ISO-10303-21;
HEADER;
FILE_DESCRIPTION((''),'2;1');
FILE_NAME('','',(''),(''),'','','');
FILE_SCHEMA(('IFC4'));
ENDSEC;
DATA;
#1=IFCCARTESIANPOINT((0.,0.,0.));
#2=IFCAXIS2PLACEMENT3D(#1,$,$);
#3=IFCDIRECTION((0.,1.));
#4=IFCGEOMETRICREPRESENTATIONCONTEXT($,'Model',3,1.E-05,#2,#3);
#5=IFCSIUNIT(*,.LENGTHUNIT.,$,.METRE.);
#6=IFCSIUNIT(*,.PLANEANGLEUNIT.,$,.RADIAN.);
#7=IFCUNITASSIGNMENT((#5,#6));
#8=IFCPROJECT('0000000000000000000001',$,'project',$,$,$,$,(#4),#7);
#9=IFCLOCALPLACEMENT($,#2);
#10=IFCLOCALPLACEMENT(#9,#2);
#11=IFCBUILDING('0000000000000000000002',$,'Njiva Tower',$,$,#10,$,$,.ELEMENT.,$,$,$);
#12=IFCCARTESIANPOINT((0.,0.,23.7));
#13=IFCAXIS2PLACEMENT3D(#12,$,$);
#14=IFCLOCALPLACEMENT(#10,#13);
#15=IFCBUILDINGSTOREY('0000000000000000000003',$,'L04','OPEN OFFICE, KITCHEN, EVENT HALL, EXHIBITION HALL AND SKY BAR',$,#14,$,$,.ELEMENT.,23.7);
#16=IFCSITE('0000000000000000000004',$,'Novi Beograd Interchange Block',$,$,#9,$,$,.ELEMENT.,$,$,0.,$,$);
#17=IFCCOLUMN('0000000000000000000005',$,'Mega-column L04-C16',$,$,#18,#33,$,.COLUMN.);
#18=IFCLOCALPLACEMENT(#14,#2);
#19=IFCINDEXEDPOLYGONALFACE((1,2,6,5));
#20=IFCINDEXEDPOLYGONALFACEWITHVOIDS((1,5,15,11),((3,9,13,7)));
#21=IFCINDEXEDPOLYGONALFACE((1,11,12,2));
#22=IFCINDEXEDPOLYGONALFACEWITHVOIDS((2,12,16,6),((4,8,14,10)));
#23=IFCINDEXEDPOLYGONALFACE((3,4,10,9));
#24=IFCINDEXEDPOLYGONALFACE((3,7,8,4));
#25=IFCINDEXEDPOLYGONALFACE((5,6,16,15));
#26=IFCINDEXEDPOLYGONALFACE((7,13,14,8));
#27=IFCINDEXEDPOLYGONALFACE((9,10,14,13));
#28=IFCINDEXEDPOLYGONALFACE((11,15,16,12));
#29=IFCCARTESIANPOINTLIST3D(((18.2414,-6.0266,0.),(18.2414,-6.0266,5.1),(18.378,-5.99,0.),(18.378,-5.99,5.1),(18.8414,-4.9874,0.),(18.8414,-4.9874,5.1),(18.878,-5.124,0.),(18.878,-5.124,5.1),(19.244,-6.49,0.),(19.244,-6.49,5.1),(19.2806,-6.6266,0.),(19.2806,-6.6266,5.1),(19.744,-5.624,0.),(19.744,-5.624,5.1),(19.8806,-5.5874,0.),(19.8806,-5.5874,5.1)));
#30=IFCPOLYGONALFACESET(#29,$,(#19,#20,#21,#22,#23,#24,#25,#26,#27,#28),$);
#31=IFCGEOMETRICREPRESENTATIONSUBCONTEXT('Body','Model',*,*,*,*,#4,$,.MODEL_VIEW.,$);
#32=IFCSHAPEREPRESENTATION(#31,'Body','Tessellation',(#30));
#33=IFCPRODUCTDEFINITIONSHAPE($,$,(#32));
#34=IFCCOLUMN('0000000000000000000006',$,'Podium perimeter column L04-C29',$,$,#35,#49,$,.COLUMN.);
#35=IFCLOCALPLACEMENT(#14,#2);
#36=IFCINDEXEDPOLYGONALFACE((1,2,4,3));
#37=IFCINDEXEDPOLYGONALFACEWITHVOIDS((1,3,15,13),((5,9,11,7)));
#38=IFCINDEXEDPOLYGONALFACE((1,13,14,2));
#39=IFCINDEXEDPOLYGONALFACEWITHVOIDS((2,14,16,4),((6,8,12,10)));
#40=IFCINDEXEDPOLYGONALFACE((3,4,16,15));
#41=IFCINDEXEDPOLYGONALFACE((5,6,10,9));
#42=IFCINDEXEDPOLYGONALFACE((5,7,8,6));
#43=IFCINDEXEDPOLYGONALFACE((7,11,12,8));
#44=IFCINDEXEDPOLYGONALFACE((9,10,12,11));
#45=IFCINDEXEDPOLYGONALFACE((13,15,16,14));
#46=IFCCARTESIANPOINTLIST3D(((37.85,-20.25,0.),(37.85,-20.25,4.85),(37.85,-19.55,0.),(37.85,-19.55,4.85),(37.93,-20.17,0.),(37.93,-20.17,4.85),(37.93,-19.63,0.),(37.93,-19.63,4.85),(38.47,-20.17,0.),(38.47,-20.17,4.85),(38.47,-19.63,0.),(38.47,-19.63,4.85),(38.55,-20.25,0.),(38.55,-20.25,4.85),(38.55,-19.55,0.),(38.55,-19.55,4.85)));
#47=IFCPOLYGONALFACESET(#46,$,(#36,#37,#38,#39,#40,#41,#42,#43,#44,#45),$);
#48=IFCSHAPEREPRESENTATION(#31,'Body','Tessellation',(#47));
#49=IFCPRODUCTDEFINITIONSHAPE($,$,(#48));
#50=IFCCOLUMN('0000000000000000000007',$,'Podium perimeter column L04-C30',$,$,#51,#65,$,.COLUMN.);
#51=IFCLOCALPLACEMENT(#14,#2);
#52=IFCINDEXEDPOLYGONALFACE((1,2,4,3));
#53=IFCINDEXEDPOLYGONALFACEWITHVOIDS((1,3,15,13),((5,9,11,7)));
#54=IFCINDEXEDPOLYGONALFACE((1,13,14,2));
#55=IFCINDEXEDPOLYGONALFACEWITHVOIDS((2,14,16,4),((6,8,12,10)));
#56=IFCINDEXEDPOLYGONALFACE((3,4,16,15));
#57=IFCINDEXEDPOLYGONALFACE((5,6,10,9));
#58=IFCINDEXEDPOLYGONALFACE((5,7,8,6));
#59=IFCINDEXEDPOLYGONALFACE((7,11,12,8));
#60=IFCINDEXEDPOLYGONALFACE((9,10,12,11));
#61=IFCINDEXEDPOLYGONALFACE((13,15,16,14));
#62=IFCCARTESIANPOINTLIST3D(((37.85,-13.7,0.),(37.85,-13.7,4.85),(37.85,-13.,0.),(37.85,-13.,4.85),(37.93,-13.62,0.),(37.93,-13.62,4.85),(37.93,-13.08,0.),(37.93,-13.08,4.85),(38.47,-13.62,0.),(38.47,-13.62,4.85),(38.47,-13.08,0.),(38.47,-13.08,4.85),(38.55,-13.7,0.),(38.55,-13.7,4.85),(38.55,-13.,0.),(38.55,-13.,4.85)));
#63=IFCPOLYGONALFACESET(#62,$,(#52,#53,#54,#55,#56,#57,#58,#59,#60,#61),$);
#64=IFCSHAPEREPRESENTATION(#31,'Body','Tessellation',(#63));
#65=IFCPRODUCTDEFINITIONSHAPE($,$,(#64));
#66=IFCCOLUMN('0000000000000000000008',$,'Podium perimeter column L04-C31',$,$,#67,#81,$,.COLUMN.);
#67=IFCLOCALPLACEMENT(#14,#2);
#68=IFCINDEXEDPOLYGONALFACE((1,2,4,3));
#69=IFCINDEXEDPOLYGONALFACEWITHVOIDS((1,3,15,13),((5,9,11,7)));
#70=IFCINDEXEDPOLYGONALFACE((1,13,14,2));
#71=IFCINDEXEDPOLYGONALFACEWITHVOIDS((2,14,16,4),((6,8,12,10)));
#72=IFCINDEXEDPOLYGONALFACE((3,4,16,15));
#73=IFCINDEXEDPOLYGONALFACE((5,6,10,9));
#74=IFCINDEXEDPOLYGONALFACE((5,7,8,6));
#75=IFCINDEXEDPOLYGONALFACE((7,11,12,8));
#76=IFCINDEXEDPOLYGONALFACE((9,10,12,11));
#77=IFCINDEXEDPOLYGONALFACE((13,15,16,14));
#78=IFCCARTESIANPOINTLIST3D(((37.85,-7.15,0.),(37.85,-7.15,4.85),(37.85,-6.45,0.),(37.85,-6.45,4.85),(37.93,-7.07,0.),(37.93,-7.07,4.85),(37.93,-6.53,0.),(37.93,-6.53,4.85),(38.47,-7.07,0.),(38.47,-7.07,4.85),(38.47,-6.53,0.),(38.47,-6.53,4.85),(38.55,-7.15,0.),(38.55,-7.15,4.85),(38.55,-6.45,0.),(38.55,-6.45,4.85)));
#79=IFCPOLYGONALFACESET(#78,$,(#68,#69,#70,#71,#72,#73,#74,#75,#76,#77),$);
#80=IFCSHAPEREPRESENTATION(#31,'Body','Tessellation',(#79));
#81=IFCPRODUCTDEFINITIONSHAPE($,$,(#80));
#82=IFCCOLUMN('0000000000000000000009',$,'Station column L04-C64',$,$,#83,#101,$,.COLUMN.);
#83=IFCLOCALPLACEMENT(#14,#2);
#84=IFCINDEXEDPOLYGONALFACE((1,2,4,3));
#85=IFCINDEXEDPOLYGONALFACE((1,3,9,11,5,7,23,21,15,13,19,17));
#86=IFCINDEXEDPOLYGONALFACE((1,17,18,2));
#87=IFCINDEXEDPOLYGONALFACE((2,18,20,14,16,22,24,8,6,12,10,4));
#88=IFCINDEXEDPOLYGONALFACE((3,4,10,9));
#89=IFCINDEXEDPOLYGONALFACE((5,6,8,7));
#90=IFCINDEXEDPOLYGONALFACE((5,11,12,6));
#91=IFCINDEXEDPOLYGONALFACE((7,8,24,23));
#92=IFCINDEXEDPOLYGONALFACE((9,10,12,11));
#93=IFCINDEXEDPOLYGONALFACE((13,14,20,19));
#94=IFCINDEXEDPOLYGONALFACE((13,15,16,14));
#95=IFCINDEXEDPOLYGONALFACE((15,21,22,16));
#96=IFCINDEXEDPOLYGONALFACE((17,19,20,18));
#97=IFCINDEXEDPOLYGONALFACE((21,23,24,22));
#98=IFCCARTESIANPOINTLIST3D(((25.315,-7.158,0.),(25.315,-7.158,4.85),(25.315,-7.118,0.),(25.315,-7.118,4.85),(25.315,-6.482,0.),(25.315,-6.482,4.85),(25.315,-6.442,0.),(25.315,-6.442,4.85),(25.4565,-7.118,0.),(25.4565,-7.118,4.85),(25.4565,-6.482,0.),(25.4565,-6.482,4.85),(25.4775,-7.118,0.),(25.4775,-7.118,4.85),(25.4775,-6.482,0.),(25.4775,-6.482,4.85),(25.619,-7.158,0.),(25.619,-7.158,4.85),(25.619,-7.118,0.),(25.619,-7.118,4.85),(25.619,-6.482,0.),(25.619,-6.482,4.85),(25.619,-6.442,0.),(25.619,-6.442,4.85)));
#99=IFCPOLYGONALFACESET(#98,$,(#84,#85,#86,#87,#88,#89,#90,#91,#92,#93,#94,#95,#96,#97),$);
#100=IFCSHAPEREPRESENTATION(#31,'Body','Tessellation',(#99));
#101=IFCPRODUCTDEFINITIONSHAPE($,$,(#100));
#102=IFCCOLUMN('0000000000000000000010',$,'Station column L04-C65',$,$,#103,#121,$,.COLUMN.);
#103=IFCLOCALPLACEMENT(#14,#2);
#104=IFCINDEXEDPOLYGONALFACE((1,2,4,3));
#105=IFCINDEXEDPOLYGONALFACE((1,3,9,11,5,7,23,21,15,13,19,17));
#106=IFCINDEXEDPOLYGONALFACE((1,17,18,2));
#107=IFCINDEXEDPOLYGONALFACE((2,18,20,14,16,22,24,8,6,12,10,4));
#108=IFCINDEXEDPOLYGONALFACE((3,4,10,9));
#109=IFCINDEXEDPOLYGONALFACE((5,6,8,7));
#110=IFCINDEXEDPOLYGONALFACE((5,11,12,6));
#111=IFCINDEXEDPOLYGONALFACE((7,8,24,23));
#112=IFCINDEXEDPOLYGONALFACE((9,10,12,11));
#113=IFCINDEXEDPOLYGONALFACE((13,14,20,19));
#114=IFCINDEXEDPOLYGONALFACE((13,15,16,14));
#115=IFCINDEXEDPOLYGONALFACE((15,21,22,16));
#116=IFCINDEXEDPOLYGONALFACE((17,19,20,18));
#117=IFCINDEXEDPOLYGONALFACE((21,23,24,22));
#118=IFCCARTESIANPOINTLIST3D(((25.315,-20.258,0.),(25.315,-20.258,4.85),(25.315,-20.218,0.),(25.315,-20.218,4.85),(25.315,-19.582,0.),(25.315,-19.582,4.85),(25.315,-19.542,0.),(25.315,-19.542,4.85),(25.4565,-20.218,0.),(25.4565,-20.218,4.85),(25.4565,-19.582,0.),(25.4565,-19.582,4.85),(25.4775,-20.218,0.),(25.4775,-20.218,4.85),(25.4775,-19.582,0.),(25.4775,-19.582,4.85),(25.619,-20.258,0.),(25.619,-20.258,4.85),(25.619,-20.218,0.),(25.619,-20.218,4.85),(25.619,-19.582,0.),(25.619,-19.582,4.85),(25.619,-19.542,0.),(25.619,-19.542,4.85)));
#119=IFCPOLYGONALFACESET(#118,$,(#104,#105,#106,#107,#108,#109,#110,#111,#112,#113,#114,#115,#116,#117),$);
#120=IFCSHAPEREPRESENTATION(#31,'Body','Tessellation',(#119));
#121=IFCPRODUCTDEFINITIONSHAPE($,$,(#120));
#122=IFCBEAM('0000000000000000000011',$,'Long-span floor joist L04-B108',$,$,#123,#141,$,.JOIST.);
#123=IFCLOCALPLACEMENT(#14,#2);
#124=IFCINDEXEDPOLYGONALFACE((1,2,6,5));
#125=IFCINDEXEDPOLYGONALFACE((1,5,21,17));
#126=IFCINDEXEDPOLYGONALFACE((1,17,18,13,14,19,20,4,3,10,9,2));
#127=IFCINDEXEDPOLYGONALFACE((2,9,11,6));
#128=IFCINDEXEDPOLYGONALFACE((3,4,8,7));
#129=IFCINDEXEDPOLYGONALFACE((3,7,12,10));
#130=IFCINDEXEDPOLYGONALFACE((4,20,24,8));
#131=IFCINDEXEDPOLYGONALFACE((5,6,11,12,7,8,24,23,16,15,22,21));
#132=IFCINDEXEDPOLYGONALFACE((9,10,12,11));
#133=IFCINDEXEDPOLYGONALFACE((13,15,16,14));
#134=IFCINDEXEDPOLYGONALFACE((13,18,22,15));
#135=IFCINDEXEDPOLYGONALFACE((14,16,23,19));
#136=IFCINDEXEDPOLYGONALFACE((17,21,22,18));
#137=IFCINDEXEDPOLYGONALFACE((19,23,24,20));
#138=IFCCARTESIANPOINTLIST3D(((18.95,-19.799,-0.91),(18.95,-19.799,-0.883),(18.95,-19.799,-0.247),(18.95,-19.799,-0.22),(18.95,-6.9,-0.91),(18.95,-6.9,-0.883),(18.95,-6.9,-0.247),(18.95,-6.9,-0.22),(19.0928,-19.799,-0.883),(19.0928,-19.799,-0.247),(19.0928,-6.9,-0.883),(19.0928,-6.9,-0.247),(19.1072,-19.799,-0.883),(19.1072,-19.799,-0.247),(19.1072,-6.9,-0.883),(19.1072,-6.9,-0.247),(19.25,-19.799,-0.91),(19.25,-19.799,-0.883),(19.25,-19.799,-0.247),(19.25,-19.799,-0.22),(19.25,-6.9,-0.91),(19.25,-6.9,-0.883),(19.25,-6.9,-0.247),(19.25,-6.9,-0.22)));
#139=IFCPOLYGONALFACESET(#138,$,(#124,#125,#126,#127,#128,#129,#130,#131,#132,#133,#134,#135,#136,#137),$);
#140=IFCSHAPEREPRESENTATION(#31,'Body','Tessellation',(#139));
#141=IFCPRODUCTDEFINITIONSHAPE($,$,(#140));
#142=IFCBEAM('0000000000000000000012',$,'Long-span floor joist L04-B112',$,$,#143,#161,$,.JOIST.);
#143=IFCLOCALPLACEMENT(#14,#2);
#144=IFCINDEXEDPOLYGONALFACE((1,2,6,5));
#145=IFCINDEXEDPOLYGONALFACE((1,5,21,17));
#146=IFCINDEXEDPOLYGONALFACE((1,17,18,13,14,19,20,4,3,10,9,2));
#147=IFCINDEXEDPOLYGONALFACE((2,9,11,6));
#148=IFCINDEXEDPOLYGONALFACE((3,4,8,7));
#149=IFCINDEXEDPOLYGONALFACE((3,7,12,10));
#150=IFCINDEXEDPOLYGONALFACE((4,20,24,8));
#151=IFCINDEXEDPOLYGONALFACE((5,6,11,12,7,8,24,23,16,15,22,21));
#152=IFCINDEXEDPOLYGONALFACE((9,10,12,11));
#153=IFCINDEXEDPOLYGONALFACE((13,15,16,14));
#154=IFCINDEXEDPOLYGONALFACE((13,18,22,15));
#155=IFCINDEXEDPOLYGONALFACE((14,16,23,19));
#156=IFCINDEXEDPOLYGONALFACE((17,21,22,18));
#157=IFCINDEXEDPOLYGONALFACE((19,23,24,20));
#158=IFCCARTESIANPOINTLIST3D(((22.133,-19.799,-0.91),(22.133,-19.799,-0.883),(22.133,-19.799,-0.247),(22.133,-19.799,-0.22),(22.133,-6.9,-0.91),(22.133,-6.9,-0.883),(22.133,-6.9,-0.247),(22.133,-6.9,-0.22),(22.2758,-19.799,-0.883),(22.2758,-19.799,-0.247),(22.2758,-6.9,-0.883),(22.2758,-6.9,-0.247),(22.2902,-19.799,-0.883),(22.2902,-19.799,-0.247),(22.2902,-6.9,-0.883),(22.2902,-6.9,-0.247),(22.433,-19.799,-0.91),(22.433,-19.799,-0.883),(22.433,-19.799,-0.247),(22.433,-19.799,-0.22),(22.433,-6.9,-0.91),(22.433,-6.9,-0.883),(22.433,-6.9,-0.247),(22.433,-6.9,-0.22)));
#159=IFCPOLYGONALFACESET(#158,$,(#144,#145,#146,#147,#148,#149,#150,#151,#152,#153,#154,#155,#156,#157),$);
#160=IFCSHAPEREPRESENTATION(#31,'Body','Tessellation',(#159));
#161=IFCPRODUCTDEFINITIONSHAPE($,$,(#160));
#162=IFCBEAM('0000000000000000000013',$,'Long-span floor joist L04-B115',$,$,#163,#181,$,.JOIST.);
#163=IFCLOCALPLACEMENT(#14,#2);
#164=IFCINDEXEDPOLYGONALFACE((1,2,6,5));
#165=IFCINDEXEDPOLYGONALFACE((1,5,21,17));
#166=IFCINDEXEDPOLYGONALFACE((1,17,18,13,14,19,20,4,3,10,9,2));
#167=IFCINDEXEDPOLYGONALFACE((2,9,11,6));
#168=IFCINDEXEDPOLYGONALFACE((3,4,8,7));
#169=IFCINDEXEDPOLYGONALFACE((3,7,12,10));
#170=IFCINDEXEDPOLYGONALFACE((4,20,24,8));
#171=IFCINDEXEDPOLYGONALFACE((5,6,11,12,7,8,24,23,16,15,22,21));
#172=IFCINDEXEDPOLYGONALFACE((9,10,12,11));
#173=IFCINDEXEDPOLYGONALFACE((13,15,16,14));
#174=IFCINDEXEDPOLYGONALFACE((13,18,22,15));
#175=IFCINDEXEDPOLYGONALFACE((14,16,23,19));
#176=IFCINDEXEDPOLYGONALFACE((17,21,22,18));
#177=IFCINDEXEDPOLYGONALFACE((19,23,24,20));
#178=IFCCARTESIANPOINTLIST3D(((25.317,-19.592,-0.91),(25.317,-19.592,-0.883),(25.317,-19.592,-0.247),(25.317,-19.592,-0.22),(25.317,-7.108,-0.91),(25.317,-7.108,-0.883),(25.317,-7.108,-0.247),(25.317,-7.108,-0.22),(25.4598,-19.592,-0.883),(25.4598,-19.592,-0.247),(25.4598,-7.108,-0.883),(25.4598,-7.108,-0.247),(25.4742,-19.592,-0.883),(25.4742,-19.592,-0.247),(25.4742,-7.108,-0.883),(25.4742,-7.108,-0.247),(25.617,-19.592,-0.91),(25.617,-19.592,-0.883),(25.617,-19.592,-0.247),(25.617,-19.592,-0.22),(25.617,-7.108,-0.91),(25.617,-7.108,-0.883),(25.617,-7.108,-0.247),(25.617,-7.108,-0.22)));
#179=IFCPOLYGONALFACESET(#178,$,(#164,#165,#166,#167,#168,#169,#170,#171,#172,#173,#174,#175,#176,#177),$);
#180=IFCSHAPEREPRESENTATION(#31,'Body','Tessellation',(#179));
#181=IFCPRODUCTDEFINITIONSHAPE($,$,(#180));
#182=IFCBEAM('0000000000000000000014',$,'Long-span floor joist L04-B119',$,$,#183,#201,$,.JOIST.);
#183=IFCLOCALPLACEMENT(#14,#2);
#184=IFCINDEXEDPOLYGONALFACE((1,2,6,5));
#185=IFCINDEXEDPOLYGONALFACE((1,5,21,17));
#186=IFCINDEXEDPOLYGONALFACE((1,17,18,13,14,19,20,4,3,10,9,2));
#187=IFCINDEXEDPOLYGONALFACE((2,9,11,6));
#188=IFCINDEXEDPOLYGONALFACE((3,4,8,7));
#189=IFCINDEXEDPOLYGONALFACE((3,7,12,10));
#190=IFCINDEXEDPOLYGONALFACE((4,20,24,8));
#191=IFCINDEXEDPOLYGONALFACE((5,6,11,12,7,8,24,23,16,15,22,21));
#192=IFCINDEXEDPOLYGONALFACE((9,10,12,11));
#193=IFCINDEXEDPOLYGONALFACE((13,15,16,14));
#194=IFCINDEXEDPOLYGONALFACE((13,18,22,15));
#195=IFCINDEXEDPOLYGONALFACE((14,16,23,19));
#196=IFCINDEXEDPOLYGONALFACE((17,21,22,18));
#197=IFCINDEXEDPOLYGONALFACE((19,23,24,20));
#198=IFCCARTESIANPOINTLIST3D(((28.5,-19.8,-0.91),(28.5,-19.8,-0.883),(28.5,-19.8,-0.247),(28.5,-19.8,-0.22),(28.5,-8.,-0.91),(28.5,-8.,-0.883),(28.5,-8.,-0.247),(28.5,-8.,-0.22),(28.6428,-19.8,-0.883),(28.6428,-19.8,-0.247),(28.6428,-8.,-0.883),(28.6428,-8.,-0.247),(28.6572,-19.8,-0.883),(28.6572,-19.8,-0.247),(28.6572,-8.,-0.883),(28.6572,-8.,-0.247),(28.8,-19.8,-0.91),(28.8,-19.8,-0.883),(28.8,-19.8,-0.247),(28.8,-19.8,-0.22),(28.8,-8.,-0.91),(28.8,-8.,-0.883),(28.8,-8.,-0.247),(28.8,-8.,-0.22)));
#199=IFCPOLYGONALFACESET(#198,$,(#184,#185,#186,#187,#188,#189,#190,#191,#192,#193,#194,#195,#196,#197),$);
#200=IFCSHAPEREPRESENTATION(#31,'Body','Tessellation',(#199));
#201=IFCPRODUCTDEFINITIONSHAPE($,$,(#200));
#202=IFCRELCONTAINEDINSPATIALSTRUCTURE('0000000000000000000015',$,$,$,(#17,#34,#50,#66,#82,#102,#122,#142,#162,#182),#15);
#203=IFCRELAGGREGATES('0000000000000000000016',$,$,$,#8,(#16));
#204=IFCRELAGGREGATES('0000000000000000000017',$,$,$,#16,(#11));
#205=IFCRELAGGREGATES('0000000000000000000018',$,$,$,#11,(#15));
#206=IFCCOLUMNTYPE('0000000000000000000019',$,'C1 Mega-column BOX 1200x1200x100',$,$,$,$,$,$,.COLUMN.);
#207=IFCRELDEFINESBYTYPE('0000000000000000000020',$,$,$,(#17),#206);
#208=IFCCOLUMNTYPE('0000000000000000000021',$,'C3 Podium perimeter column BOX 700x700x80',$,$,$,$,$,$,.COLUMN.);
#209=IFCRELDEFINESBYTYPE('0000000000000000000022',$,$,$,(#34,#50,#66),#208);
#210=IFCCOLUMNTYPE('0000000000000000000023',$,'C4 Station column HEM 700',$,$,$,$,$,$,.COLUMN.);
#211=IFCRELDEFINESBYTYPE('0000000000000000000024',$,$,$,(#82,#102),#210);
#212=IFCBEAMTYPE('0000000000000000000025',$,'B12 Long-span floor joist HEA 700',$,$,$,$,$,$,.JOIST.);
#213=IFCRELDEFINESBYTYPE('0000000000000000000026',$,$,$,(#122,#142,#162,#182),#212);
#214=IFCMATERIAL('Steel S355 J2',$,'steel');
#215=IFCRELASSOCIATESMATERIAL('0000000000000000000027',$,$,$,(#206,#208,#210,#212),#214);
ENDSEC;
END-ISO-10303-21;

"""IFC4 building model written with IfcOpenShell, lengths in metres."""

from ifc_helpers import new_model, si_unit, direction, frame, origin, origin_2d, place, context, subcontext, project, spatial, hollow_rectangle, i_section, extrude, material, material_profile, profile_set, type_object, element, save


model = new_model("IFC4")

# Units and contexts
model_context = context("Model", 3, precision=1e-05, world=origin(), true_north=direction((0.0, 1.0)))
body_context = subcontext(model_context, "Body", "Model", "MODEL_VIEW")
ifc_project = project(units=[si_unit("LENGTHUNIT", "METRE"), si_unit("PLANEANGLEUNIT", "RADIAN")], contexts=[model_context])

# Site, building, storey
site_placement = place(None, origin())
site = spatial("IfcSite", under=ifc_project, at=site_placement, Name="Novi Beograd Interchange Block", CompositionType="ELEMENT", RefElevation=0.0)
building_placement = place(site_placement, origin())
building = spatial("IfcBuilding", under=site, at=building_placement, Name="Njiva Tower", CompositionType="ELEMENT")
storey_placement = place(building_placement, frame((0.0, 0.0, 23.7)))
storey = spatial("IfcBuildingStorey", under=building, at=storey_placement, Name="L04", Description="OPEN OFFICE, KITCHEN, EVENT HALL, EXHIBITION HALL AND SKY BAR", CompositionType="ELEMENT", Elevation=23.7)

# Columns
ifc_material_1 = material(Name="Steel S355 J2", Category="steel")
ifc_material_profile_1 = material_profile(ifc_material_1, hollow_rectangle(XDim=1.2, YDim=1.2, WallThickness=0.1, at=origin_2d()), Name="BOX 1200x1200x100")
ifc_profile_set_1 = profile_set([ifc_material_profile_1], Name="Steel S355 J2")
column_type_1 = type_object("IfcColumnType", Name="C1 Mega-column BOX 1200x1200x100", PredefinedType="COLUMN", material=ifc_profile_set_1)
column_placement = place(storey_placement, frame((19.061, -5.807, 0.0), z_axis=(0.0, 0.0, 1.0), x_axis=(0.5, 0.866025, 0.0)))
element("IfcColumn", 1, at=column_placement, inside=storey, type_object=column_type_1, Name="Mega-column L04-C16", PredefinedType="COLUMN", context=body_context, shape_type="SweptSolid", body=[
    extrude(hollow_rectangle(XDim=1.2, YDim=1.2, WallThickness=0.1, at=origin_2d()), origin(), (0.0, 0.0, 1.0), 5.1),
])
ifc_material_profile_2 = material_profile(ifc_material_1, hollow_rectangle(XDim=0.7, YDim=0.7, WallThickness=0.08, at=origin_2d()), Name="BOX 700x700x80")
ifc_profile_set_2 = profile_set([ifc_material_profile_2], Name="Steel S355 J2")
column_type_2 = type_object("IfcColumnType", Name="C3 Podium perimeter column BOX 700x700x80", PredefinedType="COLUMN", material=ifc_profile_set_2)
for number, where, z_axis, x_axis, name in (
    (2, (38.2, -19.9, 0.0), (0.0, 0.0, 1.0), (0.0, 1.0, 0.0), "Podium perimeter column L04-C29"),
    (3, (38.2, -13.35, 0.0), (0.0, 0.0, 1.0), (0.0, 1.0, 0.0), "Podium perimeter column L04-C30"),
    (4, (38.2, -6.8, 0.0), (0.0, 0.0, 1.0), (0.0, 1.0, 0.0), "Podium perimeter column L04-C31"),
):
    element("IfcColumn", number, at=place(storey_placement, frame(where, z_axis=z_axis, x_axis=x_axis)), inside=storey, type_object=column_type_2, Name=name, PredefinedType="COLUMN", context=body_context, shape_type="SweptSolid", body=[
        extrude(hollow_rectangle(XDim=0.7, YDim=0.7, WallThickness=0.08, at=origin_2d()), origin(), (0.0, 0.0, 1.0), 4.85),
    ])
ifc_material_profile_3 = material_profile(ifc_material_1, i_section(OverallWidth=0.304, OverallDepth=0.716, WebThickness=0.021, FlangeThickness=0.04, at=origin_2d()), Name="HEM 700")
ifc_profile_set_3 = profile_set([ifc_material_profile_3], Name="Steel S355 J2")
column_type_3 = type_object("IfcColumnType", Name="C4 Station column HEM 700", PredefinedType="COLUMN", material=ifc_profile_set_3)
for number, where, z_axis, x_axis, name in (
    (5, (25.467, -6.8, 0.0), (0.0, 0.0, 1.0), (1.0, 0.0, 0.0), "Station column L04-C64"),
    (6, (25.467, -19.9, 0.0), (0.0, 0.0, 1.0), (1.0, 0.0, 0.0), "Station column L04-C65"),
):
    element("IfcColumn", number, at=place(storey_placement, frame(where, z_axis=z_axis, x_axis=x_axis)), inside=storey, type_object=column_type_3, Name=name, PredefinedType="COLUMN", context=body_context, shape_type="SweptSolid", body=[
        extrude(i_section(OverallWidth=0.304, OverallDepth=0.716, WebThickness=0.021, FlangeThickness=0.04, at=origin_2d()), origin(), (0.0, 0.0, 1.0), 4.85),
    ])

# Beams
ifc_material_profile_4 = material_profile(ifc_material_1, i_section(OverallWidth=0.3, OverallDepth=0.69, WebThickness=0.0145, FlangeThickness=0.027, at=origin_2d()), Name="HEA 700")
ifc_profile_set_4 = profile_set([ifc_material_profile_4], Name="Steel S355 J2")
beam_type_1 = type_object("IfcBeamType", Name="B12 Long-span floor joist HEA 700", PredefinedType="JOIST", material=ifc_profile_set_4)
for number, where, z_axis, x_axis, name in (
    (7, (19.1, -6.9, -0.565), (0.0, -1.0, 0.0), (1.0, 0.0, 0.0), "Long-span floor joist L04-B108"),
    (8, (22.283, -6.9, -0.565), (0.0, -1.0, 0.0), (1.0, 0.0, 0.0), "Long-span floor joist L04-B112"),
):
    element("IfcBeam", number, at=place(storey_placement, frame(where, z_axis=z_axis, x_axis=x_axis)), inside=storey, type_object=beam_type_1, Name=name, PredefinedType="JOIST", context=body_context, shape_type="SweptSolid", body=[
        extrude(i_section(OverallWidth=0.3, OverallDepth=0.69, WebThickness=0.0145, FlangeThickness=0.027, at=origin_2d()), origin(), (0.0, 0.0, 1.0), 12.899),
    ])
beam_1_placement = place(storey_placement, frame((25.467, -7.108, -0.565), z_axis=(0.0, -1.0, 0.0), x_axis=(1.0, 0.0, 0.0)))
element("IfcBeam", 9, at=beam_1_placement, inside=storey, type_object=beam_type_1, Name="Long-span floor joist L04-B115", PredefinedType="JOIST", context=body_context, shape_type="SweptSolid", body=[
    extrude(i_section(OverallWidth=0.3, OverallDepth=0.69, WebThickness=0.0145, FlangeThickness=0.027, at=origin_2d()), origin(), (0.0, 0.0, 1.0), 12.484),
])
beam_2_placement = place(storey_placement, frame((28.65, -8.0, -0.565), z_axis=(0.0, -1.0, 0.0), x_axis=(1.0, 0.0, 0.0)))
element("IfcBeam", 10, at=beam_2_placement, inside=storey, type_object=beam_type_1, Name="Long-span floor joist L04-B119", PredefinedType="JOIST", context=body_context, shape_type="SweptSolid", body=[
    extrude(i_section(OverallWidth=0.3, OverallDepth=0.69, WebThickness=0.0145, FlangeThickness=0.027, at=origin_2d()), origin(), (0.0, 0.0, 1.0), 11.8),
])

save(model, "model.ifc")
